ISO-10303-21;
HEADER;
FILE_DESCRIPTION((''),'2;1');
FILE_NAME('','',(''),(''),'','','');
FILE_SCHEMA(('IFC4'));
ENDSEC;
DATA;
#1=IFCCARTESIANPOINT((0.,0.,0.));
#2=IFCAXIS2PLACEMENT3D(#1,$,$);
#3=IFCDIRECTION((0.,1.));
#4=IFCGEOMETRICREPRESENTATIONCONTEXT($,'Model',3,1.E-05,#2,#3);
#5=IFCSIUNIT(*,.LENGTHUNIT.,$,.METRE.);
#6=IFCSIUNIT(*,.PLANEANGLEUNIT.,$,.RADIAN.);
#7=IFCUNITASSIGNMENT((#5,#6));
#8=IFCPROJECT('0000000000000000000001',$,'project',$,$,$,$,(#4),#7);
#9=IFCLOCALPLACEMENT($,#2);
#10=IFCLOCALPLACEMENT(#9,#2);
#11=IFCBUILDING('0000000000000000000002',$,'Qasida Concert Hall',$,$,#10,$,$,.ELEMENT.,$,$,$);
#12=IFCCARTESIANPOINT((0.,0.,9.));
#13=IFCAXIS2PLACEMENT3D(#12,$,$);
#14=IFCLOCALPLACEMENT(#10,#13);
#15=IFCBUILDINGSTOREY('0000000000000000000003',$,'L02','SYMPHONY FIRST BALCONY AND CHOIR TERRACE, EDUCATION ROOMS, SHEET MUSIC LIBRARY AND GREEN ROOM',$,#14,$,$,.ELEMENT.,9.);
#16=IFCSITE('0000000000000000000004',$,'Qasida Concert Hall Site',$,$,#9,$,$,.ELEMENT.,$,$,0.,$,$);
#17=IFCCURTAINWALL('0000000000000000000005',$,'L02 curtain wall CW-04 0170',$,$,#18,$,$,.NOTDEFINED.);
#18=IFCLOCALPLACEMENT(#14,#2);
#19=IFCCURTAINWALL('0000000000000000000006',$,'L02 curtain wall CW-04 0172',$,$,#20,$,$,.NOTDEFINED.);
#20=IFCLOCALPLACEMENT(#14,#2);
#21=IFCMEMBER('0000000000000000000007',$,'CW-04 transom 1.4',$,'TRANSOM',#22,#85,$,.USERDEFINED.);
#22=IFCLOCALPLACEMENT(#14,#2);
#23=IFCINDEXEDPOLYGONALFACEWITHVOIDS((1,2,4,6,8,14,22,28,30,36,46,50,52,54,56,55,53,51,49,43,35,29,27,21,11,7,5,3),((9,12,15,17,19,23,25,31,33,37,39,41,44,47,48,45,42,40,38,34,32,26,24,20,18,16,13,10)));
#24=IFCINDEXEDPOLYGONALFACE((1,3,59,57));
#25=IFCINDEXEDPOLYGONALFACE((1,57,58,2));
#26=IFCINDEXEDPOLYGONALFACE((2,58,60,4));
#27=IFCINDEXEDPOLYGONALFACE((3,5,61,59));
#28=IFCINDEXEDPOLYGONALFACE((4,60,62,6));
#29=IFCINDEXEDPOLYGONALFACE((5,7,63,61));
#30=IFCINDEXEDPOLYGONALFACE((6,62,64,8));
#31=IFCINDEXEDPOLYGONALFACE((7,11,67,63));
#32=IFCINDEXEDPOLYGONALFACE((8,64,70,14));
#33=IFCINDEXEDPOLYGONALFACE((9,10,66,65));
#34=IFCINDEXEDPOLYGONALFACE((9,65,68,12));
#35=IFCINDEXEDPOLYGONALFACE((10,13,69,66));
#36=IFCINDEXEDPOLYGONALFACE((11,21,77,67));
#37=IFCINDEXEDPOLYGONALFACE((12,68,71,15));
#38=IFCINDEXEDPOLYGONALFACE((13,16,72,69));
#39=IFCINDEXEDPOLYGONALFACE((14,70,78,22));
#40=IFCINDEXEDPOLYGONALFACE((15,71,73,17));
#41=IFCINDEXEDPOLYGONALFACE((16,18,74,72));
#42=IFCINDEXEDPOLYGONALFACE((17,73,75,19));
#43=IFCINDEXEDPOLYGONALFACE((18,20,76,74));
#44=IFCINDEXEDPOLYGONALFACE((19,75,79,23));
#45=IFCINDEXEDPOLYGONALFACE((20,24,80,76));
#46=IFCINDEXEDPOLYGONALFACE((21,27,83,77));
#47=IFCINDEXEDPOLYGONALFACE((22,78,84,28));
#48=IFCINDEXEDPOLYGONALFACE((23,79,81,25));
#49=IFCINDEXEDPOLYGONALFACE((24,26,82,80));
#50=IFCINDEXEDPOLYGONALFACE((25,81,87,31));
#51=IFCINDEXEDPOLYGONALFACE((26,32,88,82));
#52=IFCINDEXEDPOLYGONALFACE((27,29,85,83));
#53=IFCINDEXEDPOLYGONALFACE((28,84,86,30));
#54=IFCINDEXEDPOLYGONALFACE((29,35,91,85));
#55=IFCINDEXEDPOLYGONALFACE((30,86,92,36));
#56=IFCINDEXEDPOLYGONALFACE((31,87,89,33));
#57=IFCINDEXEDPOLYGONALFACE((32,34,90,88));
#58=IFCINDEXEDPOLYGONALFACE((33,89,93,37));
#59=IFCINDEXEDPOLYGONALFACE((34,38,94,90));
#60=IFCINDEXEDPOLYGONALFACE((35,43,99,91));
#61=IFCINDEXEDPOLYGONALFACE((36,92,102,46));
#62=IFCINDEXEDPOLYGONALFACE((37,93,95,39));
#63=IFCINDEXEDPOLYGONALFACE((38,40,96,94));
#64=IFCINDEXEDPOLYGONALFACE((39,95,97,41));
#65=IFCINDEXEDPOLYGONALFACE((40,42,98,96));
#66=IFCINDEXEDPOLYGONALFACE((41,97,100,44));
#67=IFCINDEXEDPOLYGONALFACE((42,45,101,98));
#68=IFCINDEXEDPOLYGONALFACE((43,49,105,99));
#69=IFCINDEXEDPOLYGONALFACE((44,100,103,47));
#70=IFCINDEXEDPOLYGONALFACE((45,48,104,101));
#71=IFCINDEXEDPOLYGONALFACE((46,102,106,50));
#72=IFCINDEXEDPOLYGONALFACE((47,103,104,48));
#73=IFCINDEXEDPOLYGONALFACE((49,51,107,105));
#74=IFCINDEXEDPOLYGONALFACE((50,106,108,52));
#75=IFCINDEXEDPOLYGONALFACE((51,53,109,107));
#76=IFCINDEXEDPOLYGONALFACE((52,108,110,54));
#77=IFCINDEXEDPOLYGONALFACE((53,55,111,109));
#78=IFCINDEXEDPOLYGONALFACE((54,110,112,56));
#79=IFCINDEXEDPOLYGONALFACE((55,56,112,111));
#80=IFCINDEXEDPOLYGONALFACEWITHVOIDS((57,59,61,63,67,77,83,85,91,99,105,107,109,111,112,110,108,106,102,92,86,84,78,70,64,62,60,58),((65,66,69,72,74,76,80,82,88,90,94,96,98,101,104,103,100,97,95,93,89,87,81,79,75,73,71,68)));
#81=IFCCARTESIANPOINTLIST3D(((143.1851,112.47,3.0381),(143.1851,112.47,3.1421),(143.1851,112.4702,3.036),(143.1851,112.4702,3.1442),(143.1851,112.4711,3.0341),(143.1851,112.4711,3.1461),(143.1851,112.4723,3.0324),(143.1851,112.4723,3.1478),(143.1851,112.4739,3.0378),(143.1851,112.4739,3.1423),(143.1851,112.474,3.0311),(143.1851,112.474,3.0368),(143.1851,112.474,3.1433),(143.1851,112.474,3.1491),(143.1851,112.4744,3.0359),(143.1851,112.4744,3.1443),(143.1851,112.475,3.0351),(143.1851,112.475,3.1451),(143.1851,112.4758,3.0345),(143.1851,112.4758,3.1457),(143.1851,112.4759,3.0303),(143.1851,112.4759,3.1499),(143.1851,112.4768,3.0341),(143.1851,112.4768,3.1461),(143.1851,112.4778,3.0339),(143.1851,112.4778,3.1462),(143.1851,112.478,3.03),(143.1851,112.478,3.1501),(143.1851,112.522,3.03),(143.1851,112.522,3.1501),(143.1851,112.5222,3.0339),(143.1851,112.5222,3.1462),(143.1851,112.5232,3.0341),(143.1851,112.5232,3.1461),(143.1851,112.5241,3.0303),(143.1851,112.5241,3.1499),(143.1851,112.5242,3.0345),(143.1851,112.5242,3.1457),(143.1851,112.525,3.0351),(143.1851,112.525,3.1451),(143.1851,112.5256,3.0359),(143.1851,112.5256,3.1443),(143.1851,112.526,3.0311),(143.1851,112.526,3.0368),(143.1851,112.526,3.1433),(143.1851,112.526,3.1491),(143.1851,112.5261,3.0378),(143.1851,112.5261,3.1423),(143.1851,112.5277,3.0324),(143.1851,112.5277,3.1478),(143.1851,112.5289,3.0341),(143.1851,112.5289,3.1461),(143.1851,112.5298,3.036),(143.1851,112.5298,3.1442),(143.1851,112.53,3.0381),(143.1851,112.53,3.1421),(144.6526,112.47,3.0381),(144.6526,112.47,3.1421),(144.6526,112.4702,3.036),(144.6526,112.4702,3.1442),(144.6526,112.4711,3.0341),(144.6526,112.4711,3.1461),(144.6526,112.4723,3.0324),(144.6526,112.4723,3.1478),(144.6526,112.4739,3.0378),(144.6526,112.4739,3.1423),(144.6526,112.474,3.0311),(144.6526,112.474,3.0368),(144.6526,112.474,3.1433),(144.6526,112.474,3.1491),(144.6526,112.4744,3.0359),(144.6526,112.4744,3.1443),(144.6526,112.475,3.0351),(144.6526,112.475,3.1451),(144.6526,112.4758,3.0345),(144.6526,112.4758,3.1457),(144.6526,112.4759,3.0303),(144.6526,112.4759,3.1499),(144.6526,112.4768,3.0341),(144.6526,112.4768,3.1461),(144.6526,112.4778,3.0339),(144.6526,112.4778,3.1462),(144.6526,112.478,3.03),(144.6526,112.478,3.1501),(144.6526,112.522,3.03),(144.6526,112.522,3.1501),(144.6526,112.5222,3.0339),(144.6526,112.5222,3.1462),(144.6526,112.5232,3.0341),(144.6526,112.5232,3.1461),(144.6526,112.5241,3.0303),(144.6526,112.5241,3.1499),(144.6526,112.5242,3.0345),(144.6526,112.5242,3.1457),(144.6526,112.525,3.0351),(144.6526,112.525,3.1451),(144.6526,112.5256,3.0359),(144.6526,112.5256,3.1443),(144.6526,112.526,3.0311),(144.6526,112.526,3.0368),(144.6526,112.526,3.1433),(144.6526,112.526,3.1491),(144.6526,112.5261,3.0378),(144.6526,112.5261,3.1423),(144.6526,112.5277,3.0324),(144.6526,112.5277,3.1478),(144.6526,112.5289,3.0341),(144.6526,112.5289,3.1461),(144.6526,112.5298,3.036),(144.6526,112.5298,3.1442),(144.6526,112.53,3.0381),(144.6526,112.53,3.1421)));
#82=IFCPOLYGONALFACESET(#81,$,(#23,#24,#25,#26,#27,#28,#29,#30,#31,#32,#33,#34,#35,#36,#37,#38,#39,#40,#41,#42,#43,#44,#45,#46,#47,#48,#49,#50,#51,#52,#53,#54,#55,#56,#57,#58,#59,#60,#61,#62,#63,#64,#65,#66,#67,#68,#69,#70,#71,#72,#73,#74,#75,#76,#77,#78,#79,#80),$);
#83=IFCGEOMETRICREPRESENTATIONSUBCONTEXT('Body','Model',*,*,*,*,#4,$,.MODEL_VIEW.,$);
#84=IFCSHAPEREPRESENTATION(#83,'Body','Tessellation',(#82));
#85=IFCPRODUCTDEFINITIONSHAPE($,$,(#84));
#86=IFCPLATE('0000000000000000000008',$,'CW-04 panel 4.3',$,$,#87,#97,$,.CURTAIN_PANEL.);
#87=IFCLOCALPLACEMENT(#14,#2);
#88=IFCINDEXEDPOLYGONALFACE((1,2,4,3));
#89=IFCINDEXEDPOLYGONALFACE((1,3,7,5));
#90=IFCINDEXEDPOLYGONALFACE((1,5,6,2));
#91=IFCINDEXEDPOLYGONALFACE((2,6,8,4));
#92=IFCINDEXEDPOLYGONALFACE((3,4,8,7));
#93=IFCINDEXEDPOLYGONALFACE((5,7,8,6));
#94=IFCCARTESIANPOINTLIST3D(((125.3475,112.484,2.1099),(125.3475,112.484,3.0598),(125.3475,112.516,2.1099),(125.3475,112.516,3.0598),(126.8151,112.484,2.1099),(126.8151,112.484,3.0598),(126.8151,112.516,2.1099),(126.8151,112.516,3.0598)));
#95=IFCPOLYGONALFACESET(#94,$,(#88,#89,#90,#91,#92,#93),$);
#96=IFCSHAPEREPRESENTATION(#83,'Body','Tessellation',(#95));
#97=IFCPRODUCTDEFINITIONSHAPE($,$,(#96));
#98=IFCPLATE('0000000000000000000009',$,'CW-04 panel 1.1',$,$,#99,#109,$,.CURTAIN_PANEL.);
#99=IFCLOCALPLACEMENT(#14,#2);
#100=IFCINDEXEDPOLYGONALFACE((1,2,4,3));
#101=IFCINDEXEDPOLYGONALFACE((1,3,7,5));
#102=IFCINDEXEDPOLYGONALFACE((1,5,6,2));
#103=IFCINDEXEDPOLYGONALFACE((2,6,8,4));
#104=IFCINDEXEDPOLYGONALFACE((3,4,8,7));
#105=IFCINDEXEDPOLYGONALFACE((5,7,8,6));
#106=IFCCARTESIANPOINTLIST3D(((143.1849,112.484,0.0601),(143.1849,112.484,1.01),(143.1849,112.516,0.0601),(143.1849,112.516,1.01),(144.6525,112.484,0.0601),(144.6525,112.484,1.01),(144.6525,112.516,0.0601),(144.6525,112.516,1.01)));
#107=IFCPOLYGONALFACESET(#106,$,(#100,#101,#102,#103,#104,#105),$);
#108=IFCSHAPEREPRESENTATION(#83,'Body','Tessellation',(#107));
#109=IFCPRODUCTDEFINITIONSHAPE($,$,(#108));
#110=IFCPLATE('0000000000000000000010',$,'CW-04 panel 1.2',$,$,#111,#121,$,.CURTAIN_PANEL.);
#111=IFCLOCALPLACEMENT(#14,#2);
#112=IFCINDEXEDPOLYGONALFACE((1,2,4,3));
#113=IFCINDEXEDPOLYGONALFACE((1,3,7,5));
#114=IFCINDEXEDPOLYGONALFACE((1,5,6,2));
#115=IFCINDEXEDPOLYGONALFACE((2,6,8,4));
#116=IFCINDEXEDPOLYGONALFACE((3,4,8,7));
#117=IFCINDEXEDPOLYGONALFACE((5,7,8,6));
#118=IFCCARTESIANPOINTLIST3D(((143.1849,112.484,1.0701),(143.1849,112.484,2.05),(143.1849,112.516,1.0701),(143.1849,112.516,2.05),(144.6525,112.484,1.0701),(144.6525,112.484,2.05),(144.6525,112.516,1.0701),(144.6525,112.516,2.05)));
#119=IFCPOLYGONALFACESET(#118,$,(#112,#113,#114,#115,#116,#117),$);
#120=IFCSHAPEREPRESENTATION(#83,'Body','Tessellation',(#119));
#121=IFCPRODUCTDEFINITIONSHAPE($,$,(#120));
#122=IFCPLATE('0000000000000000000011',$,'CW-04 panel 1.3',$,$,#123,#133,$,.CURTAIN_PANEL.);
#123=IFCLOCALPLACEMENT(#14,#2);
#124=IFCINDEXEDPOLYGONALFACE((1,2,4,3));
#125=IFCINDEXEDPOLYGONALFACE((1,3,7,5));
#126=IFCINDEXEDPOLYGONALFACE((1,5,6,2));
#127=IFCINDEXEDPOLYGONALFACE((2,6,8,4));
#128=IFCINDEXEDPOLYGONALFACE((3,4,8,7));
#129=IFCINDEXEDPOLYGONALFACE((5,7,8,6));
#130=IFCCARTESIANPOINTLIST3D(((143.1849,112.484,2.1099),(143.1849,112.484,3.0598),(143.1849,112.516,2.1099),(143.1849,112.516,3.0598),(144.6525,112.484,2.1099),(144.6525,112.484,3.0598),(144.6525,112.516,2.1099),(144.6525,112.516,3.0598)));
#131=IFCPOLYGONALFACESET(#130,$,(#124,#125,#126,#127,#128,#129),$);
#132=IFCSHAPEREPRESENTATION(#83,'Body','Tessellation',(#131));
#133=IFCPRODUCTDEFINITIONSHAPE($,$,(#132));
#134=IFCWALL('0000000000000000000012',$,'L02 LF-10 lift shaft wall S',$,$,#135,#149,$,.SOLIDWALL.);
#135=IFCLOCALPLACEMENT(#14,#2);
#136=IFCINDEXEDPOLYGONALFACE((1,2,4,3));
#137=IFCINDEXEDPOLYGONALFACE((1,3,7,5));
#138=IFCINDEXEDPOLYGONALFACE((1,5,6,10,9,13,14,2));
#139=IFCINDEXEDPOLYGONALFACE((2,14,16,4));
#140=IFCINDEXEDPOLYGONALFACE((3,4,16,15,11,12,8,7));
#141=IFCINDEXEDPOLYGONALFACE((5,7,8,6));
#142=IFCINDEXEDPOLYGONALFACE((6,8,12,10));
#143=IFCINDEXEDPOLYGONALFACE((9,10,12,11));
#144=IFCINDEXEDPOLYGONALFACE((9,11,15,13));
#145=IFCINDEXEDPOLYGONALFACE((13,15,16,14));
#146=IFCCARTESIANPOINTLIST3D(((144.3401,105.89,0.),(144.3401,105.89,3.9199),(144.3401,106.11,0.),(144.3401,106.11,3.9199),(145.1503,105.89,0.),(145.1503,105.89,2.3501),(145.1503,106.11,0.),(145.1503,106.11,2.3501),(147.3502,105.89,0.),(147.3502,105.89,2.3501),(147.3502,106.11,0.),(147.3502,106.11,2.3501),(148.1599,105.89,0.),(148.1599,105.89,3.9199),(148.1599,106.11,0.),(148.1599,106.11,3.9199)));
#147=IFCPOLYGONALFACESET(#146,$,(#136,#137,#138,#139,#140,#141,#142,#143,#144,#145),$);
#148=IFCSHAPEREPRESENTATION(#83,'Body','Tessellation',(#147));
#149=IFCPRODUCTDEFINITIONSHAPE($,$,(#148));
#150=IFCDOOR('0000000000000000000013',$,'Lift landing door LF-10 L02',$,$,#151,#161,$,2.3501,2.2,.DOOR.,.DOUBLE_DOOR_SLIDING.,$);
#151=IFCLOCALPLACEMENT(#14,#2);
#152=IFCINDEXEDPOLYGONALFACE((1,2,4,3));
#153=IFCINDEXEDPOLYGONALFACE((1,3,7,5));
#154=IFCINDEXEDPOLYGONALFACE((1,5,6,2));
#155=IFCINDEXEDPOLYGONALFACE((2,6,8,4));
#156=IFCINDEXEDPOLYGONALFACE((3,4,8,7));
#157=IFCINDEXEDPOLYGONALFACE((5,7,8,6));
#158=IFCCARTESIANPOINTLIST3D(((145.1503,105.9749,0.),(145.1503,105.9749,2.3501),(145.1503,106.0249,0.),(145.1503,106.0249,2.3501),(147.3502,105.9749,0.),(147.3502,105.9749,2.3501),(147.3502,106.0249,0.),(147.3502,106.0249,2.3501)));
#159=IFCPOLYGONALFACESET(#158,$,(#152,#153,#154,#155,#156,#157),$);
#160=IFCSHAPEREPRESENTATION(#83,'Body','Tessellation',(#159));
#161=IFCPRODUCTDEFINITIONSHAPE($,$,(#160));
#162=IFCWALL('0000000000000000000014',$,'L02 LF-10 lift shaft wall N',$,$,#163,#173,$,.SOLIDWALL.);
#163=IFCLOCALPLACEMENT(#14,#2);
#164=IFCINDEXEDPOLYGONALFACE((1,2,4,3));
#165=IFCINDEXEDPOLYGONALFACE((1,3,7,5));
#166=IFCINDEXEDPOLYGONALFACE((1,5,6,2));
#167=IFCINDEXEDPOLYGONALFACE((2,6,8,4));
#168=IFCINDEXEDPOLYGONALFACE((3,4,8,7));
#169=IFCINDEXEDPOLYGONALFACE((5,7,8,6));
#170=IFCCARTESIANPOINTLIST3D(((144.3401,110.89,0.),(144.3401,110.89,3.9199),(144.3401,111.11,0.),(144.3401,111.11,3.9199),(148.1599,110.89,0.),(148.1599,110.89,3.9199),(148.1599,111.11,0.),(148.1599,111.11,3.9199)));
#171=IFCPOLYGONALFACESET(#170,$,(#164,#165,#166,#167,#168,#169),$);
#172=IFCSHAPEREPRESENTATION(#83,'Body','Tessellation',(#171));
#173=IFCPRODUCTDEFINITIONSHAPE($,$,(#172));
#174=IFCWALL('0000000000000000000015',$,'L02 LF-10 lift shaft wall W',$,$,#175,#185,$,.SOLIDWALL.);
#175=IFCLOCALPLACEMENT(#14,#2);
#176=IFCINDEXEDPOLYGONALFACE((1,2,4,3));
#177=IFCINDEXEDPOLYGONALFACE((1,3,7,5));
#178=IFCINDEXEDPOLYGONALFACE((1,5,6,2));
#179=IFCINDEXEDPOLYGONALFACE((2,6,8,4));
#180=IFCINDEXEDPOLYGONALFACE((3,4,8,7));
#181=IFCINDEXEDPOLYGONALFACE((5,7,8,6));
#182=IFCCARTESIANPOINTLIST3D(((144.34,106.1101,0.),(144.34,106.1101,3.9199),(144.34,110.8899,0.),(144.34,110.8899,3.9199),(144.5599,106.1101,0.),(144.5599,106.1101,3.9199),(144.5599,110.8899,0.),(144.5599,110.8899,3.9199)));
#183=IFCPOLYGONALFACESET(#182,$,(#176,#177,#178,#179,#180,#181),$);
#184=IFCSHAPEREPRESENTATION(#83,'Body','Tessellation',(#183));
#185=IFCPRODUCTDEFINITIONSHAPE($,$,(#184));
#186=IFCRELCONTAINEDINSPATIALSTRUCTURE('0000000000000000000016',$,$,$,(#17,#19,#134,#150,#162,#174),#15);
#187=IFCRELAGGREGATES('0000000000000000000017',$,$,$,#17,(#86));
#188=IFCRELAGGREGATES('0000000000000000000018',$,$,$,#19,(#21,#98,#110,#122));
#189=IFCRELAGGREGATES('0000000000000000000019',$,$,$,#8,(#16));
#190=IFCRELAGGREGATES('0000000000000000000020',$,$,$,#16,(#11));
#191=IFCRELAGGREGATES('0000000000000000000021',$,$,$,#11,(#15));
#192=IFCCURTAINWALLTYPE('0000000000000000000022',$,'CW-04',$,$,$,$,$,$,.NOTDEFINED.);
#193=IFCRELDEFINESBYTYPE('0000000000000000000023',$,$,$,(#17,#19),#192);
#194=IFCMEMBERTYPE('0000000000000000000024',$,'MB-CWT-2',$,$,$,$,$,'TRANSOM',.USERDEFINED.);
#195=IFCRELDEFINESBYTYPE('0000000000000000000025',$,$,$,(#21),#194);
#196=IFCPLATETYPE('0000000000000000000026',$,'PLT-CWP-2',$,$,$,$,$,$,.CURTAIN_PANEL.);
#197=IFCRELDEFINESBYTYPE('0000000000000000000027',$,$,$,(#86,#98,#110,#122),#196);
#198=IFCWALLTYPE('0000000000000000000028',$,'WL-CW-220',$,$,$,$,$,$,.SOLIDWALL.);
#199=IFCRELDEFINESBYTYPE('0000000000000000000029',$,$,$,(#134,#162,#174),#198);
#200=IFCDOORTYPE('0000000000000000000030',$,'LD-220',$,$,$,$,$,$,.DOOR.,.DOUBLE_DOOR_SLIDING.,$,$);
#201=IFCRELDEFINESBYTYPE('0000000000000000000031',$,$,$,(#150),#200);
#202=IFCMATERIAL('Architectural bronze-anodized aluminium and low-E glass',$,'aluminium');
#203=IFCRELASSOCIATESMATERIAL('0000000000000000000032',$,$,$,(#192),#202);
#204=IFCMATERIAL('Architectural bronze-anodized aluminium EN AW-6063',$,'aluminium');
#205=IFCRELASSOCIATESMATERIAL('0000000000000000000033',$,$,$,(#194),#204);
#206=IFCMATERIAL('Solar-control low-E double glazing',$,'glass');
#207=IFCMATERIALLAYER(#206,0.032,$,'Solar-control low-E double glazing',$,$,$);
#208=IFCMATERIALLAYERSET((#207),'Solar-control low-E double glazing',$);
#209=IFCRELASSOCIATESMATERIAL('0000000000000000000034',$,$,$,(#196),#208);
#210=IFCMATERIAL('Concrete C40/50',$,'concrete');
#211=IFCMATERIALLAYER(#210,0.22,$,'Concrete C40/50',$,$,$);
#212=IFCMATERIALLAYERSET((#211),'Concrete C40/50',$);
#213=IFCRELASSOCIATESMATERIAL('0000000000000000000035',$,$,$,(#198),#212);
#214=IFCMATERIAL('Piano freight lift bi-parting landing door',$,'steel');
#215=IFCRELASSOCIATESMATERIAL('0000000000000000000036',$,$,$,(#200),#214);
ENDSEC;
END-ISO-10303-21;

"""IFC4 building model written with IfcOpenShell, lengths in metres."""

from ifc_helpers import new_model, si_unit, direction, frame, frame_2d, origin, origin_2d, place, context, subcontext, project, spatial, rectangle, hollow_rectangle, extrude, material, layer, layer_set, material_profile, profile_set, type_object, element, fill, aggregate, save


model = new_model("IFC4")

# Units and contexts
model_context = context("Model", 3, precision=1e-05, world=origin(), true_north=direction((0.0, 1.0)))
body_context = subcontext(model_context, "Body", "Model", "MODEL_VIEW")
ifc_project = project(units=[si_unit("LENGTHUNIT", "METRE"), si_unit("PLANEANGLEUNIT", "RADIAN")], contexts=[model_context])

# Site, building, storey
site_placement = place(None, origin())
site = spatial("IfcSite", under=ifc_project, at=site_placement, Name="Qasida Concert Hall Site", CompositionType="ELEMENT", RefElevation=0.0)
building_placement = place(site_placement, origin())
building = spatial("IfcBuilding", under=site, at=building_placement, Name="Qasida Concert Hall", CompositionType="ELEMENT")
storey_placement = place(building_placement, frame((0.0, 0.0, 9.0)))
storey = spatial("IfcBuildingStorey", under=building, at=storey_placement, Name="L02", Description="SYMPHONY FIRST BALCONY AND CHOIR TERRACE, EDUCATION ROOMS, SHEET MUSIC LIBRARY AND GREEN ROOM", CompositionType="ELEMENT", Elevation=9.0)

# Shared definitions
ifc_material_1 = material(Name="Concrete C40/50", Category="concrete")

# Curtain wall
ifc_material_2 = material(Name="Architectural bronze-anodized aluminium and low-E glass", Category="aluminium")
curtain_wall_type = type_object("IfcCurtainWallType", Name="CW-04", PredefinedType="NOTDEFINED", material=ifc_material_2)
curtain_wall_1_placement = place(storey_placement, origin())
curtain_wall_1 = element("IfcCurtainWall", 1, at=curtain_wall_1_placement, inside=storey, type_object=curtain_wall_type, Name="L02 curtain wall CW-04 0170", PredefinedType="NOTDEFINED")
ifc_material_3 = material(Name="Architectural bronze-anodized aluminium EN AW-6063", Category="aluminium")

# Curtain wall, member
curtain_wall_2_placement = place(storey_placement, origin())
curtain_wall_2 = element("IfcCurtainWall", 2, at=curtain_wall_2_placement, inside=storey, type_object=curtain_wall_type, Name="L02 curtain wall CW-04 0172", PredefinedType="NOTDEFINED")
ifc_material_profile_1 = material_profile(ifc_material_3, hollow_rectangle(XDim=0.0601, YDim=0.1201, WallThickness=0.0039, InnerFilletRadius=0.0039, OuterFilletRadius=0.0081, at=origin_2d()), Name="CWT 120x60x4")
ifc_profile_set_1 = profile_set([ifc_material_profile_1], Name="Architectural bronze-anodized aluminium EN AW-6063")
member_type_1 = type_object("IfcMemberType", Name="MB-CWT-2", ElementType="TRANSOM", PredefinedType="USERDEFINED", material=ifc_profile_set_1)
member_1_placement = place(storey_placement, frame((143.1851, 112.5, 3.0901), z_axis=(1.0, 0.0, 0.0), x_axis=(0.0, 1.0, 0.0)))
member_1 = element("IfcMember", 3, at=member_1_placement, type_object=member_type_1, Name="CW-04 transom 1.4", ObjectType="TRANSOM", PredefinedType="USERDEFINED", context=body_context, shape_type="SweptSolid", body=[
    extrude(hollow_rectangle(XDim=0.0601, YDim=0.1201, WallThickness=0.0039, InnerFilletRadius=0.0039, OuterFilletRadius=0.0081, at=origin_2d()), origin(), (0.0, 0.0, 1.0), 1.4675),
])

# Plates
ifc_material_4 = material(Name="Solar-control low-E double glazing", Category="glass")
ifc_layer_1 = layer(ifc_material_4, 0.032, Name="Solar-control low-E double glazing")
ifc_layer_set_1 = layer_set([ifc_layer_1], Name="Solar-control low-E double glazing")
plate_type = type_object("IfcPlateType", Name="PLT-CWP-2", PredefinedType="CURTAIN_PANEL", material=ifc_layer_set_1)
plate_1_placement = place(storey_placement, frame((126.0813, 112.5, 2.1099), z_axis=(0.0, 0.0, 1.0), x_axis=(1.0, 0.0, 0.0)))
plate_1 = element("IfcPlate", 4, at=plate_1_placement, type_object=plate_type, Name="CW-04 panel 4.3", PredefinedType="CURTAIN_PANEL", context=body_context, shape_type="SweptSolid", body=[
    extrude(rectangle(XDim=1.4675, YDim=0.032, at=origin_2d()), origin(), (0.0, 0.0, 1.0), 0.95),
])
aggregate(curtain_wall_1, [plate_1])
plate_2_placement = place(storey_placement, frame((143.9187, 112.5, 0.0601), z_axis=(0.0, 0.0, 1.0), x_axis=(1.0, 0.0, 0.0)))
plate_2 = element("IfcPlate", 5, at=plate_2_placement, type_object=plate_type, Name="CW-04 panel 1.1", PredefinedType="CURTAIN_PANEL", context=body_context, shape_type="SweptSolid", body=[
    extrude(rectangle(XDim=1.4675, YDim=0.032, at=origin_2d()), origin(), (0.0, 0.0, 1.0), 0.95),
])
plate_3_placement = place(storey_placement, frame((143.9187, 112.5, 1.0701), z_axis=(0.0, 0.0, 1.0), x_axis=(1.0, 0.0, 0.0)))
plate_3 = element("IfcPlate", 6, at=plate_3_placement, type_object=plate_type, Name="CW-04 panel 1.2", PredefinedType="CURTAIN_PANEL", context=body_context, shape_type="SweptSolid", body=[
    extrude(rectangle(XDim=1.4675, YDim=0.032, at=origin_2d()), origin(), (0.0, 0.0, 1.0), 0.98),
])
plate_4_placement = place(storey_placement, frame((143.9187, 112.5, 2.1099), z_axis=(0.0, 0.0, 1.0), x_axis=(1.0, 0.0, 0.0)))
plate_4 = element("IfcPlate", 7, at=plate_4_placement, type_object=plate_type, Name="CW-04 panel 1.3", PredefinedType="CURTAIN_PANEL", context=body_context, shape_type="SweptSolid", body=[
    extrude(rectangle(XDim=1.4675, YDim=0.032, at=origin_2d()), origin(), (0.0, 0.0, 1.0), 0.95),
])
aggregate(curtain_wall_2, [member_1, plate_2, plate_3, plate_4])

# Wall, opening, door
ifc_layer_2 = layer(ifc_material_1, 0.22, Name="Concrete C40/50")
ifc_layer_set_2 = layer_set([ifc_layer_2], Name="Concrete C40/50")
wall_type_1 = type_object("IfcWallType", Name="WL-CW-220", PredefinedType="SOLIDWALL", material=ifc_layer_set_2)
wall_1_placement = place(storey_placement, frame((144.3401, 106.0, 0.0), z_axis=(0.0, 0.0, 1.0), x_axis=(1.0, 0.0, 0.0)))
wall_1 = element("IfcWall", 8, at=wall_1_placement, inside=storey, type_object=wall_type_1, Name="L02 LF-10 lift shaft wall S", PredefinedType="SOLIDWALL", context=body_context, shape_type="SweptSolid", body=[
    extrude(rectangle(XDim=3.8198, YDim=0.22, at=frame_2d((1.9099, 0.0))), origin(), (0.0, 0.0, 1.0), 3.9199),
])
opening_1_placement = place(wall_1_placement, frame((0.8101, 0.0, 0.0)))
opening_1 = element("IfcOpeningElement", 9, at=opening_1_placement, cuts=wall_1, PredefinedType="OPENING", context=body_context, shape_type="SweptSolid", body=[
    extrude(rectangle(XDim=2.2, YDim=2.3501, at=frame_2d((1.1001, 1.175))), frame((0.0, 0.1199, 0.0), z_axis=(0.0, -1.0, 0.0), x_axis=(1.0, 0.0, 0.0)), (0.0, 0.0, 1.0), 0.24),
])
ifc_material_5 = material(Name="Piano freight lift bi-parting landing door", Category="steel")
door_type = type_object("IfcDoorType", Name="LD-220", OperationType="DOUBLE_DOOR_SLIDING", PredefinedType="DOOR", material=ifc_material_5)
door_placement = place(opening_1_placement, origin())
door = element("IfcDoor", 10, at=door_placement, inside=storey, type_object=door_type, Name="Lift landing door LF-10 L02", OperationType="DOUBLE_DOOR_SLIDING", OverallHeight=2.3501, OverallWidth=2.2, PredefinedType="DOOR", context=body_context, shape_type="SweptSolid", body=[
    extrude(rectangle(XDim=2.2, YDim=2.3501, at=frame_2d((1.1001, 1.175))), frame((0.0, 0.0249, 0.0), z_axis=(0.0, -1.0, 0.0), x_axis=(1.0, 0.0, 0.0)), (0.0, 0.0, 1.0), 0.05),
])
fill(opening_1, door)

# Walls
wall_2_placement = place(storey_placement, frame((144.3401, 111.0, 0.0), z_axis=(0.0, 0.0, 1.0), x_axis=(1.0, 0.0, 0.0)))
element("IfcWall", 11, at=wall_2_placement, inside=storey, type_object=wall_type_1, Name="L02 LF-10 lift shaft wall N", PredefinedType="SOLIDWALL", context=body_context, shape_type="SweptSolid", body=[
    extrude(rectangle(XDim=3.8198, YDim=0.22, at=frame_2d((1.9099, 0.0))), origin(), (0.0, 0.0, 1.0), 3.9199),
])
wall_3_placement = place(storey_placement, frame((144.45, 106.1101, 0.0), z_axis=(0.0, 0.0, 1.0), x_axis=(0.0, 1.0, 0.0)))
element("IfcWall", 12, at=wall_3_placement, inside=storey, type_object=wall_type_1, Name="L02 LF-10 lift shaft wall W", PredefinedType="SOLIDWALL", context=body_context, shape_type="SweptSolid", body=[
    extrude(rectangle(XDim=4.7798, YDim=0.22, at=frame_2d((2.3899, 0.0))), origin(), (0.0, 0.0, 1.0), 3.9199),
])

save(model, "model.ifc")
